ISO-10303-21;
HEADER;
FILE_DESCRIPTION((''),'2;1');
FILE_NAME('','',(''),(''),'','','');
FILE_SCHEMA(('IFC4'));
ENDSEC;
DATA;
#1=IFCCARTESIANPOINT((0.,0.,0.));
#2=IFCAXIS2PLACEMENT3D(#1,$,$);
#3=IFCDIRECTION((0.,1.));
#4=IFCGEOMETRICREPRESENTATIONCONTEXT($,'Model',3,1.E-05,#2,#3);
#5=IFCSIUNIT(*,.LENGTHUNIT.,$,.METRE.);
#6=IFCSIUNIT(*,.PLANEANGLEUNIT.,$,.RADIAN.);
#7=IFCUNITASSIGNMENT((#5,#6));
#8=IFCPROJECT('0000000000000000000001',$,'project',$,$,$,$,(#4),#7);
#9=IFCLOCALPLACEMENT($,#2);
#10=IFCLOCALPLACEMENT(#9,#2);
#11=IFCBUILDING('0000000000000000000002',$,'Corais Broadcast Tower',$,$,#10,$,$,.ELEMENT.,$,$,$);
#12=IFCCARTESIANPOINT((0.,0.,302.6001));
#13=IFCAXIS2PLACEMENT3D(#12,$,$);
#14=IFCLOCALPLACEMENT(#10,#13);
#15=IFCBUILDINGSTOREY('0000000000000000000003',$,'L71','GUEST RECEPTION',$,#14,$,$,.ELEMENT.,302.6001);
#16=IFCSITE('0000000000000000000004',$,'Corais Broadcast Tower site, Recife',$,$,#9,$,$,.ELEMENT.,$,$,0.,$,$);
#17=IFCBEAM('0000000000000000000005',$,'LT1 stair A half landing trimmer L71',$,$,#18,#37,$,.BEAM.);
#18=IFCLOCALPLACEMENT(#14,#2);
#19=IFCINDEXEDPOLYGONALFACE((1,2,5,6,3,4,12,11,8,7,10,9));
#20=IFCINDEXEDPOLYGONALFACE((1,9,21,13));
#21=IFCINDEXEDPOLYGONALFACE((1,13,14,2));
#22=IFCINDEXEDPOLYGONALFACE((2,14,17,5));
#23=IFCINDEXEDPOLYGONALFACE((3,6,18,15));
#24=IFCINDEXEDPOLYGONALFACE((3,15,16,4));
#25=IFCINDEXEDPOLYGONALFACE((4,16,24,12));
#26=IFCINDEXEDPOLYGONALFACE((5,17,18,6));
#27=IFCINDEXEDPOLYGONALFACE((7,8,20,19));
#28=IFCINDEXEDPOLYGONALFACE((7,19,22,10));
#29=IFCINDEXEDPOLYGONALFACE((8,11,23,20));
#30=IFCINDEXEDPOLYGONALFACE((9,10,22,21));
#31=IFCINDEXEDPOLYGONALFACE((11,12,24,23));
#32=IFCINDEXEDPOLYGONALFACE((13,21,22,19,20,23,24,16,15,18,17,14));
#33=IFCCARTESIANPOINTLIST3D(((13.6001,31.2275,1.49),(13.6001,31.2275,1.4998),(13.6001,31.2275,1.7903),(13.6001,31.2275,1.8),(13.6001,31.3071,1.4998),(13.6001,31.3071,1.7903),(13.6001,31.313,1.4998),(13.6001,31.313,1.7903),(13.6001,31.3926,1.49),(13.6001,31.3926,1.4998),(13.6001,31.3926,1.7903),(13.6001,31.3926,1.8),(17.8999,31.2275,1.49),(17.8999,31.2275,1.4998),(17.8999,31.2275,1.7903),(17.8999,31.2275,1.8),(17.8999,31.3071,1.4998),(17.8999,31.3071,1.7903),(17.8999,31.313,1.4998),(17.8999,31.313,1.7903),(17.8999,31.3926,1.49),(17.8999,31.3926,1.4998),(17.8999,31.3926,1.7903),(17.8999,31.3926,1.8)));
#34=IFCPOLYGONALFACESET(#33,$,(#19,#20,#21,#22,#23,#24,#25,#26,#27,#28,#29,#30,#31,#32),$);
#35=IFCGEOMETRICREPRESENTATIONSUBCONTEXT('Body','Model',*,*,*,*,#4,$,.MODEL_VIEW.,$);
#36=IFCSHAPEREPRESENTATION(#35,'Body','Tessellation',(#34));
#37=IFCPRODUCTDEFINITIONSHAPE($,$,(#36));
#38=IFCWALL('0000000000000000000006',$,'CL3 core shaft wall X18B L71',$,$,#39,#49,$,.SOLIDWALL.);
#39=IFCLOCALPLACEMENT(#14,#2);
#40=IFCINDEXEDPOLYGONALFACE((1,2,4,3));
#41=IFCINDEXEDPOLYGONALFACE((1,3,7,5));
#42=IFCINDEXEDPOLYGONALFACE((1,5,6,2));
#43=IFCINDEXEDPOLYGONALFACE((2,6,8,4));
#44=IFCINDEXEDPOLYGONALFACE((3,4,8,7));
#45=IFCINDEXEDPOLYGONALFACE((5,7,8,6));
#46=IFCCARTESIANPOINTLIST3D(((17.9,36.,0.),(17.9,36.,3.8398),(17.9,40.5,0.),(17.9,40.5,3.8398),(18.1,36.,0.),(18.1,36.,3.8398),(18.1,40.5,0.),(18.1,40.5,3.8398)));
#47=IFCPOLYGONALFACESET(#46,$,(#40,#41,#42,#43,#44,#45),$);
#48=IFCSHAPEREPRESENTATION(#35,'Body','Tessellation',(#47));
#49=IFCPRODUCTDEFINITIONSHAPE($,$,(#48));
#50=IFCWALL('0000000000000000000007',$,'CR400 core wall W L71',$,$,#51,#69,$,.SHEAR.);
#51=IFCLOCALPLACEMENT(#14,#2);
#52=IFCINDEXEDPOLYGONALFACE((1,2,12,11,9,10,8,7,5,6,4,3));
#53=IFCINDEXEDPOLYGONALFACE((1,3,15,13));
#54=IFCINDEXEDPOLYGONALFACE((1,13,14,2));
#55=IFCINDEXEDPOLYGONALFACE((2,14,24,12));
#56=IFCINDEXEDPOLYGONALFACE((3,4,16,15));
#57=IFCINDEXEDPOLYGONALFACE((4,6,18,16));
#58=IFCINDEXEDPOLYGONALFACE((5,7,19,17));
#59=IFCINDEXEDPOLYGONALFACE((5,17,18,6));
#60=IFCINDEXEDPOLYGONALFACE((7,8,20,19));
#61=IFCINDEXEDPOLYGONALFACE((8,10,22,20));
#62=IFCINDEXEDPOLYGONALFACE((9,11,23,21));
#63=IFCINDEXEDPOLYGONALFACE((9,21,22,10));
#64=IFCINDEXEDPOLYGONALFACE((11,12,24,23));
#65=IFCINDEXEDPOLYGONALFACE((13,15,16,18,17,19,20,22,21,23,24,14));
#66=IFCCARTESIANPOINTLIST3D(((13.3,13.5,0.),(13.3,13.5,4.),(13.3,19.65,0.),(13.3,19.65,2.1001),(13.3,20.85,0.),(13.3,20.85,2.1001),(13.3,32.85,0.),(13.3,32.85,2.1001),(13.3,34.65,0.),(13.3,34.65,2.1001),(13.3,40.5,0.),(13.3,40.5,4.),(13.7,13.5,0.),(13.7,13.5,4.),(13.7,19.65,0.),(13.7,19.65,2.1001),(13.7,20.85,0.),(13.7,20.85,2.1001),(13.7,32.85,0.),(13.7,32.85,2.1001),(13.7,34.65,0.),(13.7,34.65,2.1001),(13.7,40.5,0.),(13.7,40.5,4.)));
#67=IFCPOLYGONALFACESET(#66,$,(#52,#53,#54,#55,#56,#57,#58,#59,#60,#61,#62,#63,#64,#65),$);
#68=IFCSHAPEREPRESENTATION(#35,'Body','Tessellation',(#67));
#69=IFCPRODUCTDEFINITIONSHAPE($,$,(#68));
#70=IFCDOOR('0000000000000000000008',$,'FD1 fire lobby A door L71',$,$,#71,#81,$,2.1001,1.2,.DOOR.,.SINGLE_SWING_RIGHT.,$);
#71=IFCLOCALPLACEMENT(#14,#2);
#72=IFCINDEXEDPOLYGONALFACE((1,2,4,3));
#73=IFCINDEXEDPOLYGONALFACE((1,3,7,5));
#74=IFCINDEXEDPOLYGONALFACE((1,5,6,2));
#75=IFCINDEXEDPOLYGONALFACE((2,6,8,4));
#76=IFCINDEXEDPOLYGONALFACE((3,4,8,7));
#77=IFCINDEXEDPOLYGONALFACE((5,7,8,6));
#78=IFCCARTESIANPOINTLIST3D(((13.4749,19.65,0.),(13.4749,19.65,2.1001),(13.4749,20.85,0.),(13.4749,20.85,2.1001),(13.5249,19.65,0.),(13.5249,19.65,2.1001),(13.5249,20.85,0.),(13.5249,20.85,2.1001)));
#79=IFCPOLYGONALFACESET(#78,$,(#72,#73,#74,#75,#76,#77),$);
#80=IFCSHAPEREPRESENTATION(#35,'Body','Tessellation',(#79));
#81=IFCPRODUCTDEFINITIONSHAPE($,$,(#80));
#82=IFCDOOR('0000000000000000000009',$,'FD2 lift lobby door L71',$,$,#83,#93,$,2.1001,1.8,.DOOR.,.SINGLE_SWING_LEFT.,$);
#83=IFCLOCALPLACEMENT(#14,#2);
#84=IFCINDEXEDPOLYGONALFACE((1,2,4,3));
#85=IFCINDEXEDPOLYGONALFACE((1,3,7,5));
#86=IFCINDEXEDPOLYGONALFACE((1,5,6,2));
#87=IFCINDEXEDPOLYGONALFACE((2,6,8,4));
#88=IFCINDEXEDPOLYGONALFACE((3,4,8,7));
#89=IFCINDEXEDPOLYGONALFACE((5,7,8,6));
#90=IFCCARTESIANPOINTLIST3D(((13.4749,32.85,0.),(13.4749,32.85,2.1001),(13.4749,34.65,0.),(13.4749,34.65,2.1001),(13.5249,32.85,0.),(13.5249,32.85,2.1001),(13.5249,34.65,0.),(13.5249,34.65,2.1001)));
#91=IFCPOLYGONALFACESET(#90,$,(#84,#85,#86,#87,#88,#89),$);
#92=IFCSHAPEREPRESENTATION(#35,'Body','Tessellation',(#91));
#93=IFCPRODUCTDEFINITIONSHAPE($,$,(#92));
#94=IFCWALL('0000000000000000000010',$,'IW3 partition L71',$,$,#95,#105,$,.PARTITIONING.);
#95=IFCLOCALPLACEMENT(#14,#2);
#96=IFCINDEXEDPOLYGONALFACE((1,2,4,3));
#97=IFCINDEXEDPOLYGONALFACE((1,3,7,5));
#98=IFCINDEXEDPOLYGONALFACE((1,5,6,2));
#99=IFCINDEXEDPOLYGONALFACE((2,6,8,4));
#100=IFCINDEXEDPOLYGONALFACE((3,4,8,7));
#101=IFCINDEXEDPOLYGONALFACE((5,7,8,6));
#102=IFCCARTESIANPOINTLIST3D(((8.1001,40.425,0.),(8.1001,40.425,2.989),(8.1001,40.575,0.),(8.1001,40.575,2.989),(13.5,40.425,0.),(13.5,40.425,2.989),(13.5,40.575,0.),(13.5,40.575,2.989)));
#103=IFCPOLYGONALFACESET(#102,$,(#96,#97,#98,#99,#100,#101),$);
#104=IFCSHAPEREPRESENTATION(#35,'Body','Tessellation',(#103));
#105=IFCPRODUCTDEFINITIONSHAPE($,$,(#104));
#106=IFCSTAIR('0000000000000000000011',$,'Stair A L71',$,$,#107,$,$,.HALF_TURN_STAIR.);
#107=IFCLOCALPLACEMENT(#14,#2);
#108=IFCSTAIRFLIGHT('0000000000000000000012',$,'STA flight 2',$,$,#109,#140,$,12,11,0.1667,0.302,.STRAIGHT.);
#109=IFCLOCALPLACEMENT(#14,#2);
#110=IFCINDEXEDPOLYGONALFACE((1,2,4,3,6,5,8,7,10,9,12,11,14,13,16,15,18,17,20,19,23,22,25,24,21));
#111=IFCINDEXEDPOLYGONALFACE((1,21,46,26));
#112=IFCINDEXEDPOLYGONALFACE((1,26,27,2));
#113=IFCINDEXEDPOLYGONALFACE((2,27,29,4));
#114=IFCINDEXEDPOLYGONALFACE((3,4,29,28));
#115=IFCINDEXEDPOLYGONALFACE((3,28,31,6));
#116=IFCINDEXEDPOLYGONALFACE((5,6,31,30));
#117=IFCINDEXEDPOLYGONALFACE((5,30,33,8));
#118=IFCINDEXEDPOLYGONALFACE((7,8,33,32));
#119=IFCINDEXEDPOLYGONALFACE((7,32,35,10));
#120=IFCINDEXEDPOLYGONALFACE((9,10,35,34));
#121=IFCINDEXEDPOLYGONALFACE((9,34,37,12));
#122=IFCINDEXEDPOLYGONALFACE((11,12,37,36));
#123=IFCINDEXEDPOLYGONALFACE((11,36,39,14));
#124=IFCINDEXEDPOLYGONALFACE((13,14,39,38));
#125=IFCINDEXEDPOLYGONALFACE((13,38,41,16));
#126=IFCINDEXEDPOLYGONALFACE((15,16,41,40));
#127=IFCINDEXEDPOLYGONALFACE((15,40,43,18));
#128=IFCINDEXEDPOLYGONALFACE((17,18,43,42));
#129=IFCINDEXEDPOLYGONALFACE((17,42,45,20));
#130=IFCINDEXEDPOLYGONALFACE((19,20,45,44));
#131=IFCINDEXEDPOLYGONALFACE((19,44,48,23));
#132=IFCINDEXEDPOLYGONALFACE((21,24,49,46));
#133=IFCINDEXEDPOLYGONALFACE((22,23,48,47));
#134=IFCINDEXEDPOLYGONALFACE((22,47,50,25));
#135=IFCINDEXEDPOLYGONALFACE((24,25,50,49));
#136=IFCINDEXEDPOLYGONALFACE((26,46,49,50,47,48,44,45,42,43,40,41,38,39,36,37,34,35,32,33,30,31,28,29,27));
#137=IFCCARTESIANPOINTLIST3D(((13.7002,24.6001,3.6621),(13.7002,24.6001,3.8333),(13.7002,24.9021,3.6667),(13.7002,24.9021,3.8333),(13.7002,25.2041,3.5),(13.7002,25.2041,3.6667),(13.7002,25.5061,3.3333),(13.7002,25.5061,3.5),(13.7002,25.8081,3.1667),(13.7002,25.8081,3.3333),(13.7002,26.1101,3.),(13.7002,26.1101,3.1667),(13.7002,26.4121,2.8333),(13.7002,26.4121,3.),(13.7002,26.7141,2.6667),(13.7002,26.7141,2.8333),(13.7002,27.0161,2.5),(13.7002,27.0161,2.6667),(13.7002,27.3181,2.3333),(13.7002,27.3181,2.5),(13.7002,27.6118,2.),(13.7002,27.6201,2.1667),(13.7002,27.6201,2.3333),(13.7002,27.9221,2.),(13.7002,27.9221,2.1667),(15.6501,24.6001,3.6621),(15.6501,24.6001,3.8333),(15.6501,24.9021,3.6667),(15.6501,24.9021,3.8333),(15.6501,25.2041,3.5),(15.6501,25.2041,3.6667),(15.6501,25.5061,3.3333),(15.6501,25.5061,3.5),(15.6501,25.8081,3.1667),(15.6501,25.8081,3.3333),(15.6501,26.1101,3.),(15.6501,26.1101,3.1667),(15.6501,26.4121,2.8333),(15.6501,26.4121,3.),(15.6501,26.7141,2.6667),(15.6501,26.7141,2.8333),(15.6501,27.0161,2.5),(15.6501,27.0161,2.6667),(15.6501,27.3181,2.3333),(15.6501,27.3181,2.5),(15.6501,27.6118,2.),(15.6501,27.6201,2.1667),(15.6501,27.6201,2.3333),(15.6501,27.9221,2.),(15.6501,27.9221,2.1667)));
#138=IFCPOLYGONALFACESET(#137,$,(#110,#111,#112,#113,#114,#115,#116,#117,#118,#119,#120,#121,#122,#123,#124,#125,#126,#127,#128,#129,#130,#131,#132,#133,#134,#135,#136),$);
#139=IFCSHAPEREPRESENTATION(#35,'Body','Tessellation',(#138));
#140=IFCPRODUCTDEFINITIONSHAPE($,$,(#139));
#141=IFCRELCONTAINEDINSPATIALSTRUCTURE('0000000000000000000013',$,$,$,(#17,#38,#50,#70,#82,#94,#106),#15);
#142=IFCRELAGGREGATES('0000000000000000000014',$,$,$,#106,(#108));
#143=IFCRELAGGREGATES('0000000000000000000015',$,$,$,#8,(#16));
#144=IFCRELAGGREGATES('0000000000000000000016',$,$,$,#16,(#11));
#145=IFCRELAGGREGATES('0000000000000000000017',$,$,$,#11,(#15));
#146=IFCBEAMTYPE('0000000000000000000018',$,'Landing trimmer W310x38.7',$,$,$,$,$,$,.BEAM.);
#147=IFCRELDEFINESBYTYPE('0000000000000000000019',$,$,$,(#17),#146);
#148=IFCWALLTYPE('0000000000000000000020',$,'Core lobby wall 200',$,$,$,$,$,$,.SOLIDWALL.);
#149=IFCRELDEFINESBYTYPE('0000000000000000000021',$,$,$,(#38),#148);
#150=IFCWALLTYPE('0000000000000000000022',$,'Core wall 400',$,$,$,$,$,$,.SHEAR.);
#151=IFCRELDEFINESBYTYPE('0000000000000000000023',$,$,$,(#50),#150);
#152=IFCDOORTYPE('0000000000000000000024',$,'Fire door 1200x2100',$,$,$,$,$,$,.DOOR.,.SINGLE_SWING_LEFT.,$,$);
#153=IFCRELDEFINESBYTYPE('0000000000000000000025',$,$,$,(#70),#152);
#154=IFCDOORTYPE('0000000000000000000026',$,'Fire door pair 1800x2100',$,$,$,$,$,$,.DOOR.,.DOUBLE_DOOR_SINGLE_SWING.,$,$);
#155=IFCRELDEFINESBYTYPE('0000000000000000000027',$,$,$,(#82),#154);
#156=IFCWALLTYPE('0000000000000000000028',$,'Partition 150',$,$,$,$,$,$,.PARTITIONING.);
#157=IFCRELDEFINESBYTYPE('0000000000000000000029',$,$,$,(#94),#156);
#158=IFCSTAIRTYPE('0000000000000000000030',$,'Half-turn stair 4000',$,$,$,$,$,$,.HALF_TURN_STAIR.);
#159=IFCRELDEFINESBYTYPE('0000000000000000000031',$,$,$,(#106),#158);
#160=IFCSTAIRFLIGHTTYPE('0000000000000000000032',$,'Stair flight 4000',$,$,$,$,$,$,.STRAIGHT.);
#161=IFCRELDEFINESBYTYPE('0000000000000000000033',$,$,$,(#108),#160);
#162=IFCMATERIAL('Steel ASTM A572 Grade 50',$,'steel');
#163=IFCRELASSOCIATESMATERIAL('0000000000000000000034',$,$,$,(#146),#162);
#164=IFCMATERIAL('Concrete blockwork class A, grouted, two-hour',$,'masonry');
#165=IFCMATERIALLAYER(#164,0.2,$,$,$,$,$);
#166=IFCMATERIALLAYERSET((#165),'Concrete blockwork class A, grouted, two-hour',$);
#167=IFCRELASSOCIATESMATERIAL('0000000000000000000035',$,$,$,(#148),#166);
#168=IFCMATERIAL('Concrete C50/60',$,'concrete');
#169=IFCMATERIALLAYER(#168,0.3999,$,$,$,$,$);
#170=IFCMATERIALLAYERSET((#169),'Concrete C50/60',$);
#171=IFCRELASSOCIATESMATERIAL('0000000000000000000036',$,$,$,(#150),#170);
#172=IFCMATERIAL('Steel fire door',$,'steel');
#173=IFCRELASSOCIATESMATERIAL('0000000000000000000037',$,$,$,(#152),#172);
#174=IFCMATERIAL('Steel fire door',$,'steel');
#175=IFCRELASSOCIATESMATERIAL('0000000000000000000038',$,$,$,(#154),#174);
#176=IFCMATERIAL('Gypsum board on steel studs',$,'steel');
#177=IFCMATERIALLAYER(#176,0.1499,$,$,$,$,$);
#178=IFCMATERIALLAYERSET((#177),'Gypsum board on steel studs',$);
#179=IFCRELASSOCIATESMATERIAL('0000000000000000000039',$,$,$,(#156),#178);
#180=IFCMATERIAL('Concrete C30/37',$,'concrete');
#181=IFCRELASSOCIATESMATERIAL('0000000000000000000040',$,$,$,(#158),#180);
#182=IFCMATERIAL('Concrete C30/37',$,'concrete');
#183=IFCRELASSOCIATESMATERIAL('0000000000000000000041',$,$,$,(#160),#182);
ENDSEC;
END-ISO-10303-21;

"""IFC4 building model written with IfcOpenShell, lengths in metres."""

from ifc_helpers import new_model, si_unit, direction, frame, frame_2d, origin, origin_2d, place, context, subcontext, project, spatial, polyline, rectangle, i_section, outline, extrude, material, layer, layer_set, material_profile, profile_set, type_object, element, fill, aggregate, save


model = new_model("IFC4")

# Units and contexts
model_context = context("Model", 3, precision=1e-05, world=origin(), true_north=direction((0.0, 1.0)))
body_context = subcontext(model_context, "Body", "Model", "MODEL_VIEW")
ifc_project = project(units=[si_unit("LENGTHUNIT", "METRE"), si_unit("PLANEANGLEUNIT", "RADIAN")], contexts=[model_context])

# Site, building, storey
site_placement = place(None, origin())
site = spatial("IfcSite", under=ifc_project, at=site_placement, Name="Corais Broadcast Tower site, Recife", CompositionType="ELEMENT", RefElevation=0.0)
building_placement = place(site_placement, origin())
building = spatial("IfcBuilding", under=site, at=building_placement, Name="Corais Broadcast Tower", CompositionType="ELEMENT")
storey_placement = place(building_placement, frame((0.0, 0.0, 302.6001)))
storey = spatial("IfcBuildingStorey", under=building, at=storey_placement, Name="L71", Description="GUEST RECEPTION", CompositionType="ELEMENT", Elevation=302.6001)

# Beam
ifc_material_1 = material(Name="Steel ASTM A572 Grade 50", Category="steel")
ifc_material_profile = material_profile(ifc_material_1, i_section(OverallWidth=0.165, OverallDepth=0.3101, WebThickness=0.0059, FlangeThickness=0.0098, at=origin_2d()), Name="W310x38.7")
ifc_profile_set = profile_set([ifc_material_profile], Name="Steel ASTM A572 Grade 50")
beam_type = type_object("IfcBeamType", Name="Landing trimmer W310x38.7", PredefinedType="BEAM", material=ifc_profile_set)
beam_placement = place(storey_placement, frame((13.6001, 31.3101, 1.645), z_axis=(1.0, 0.0, 0.0), x_axis=(0.0, 1.0, 0.0)))
element("IfcBeam", 1, at=beam_placement, inside=storey, type_object=beam_type, Name="LT1 stair A half landing trimmer L71", PredefinedType="BEAM", context=body_context, shape_type="SweptSolid", body=[
    extrude(i_section(OverallWidth=0.165, OverallDepth=0.3101, WebThickness=0.0059, FlangeThickness=0.0098, at=origin_2d()), origin(), (0.0, 0.0, 1.0), 4.2998),
])

# Wall
ifc_material_2 = material(Name="Concrete blockwork class A, grouted, two-hour", Category="masonry")
ifc_layer_1 = layer(ifc_material_2, 0.2)
ifc_layer_set_1 = layer_set([ifc_layer_1], Name="Concrete blockwork class A, grouted, two-hour")
wall_type_1 = type_object("IfcWallType", Name="Core lobby wall 200", PredefinedType="SOLIDWALL", material=ifc_layer_set_1)
wall_1_placement = place(storey_placement, frame((18.0, 36.0, 0.0), z_axis=(0.0, 0.0, 1.0), x_axis=(0.0, 1.0, 0.0)))
element("IfcWall", 2, at=wall_1_placement, inside=storey, type_object=wall_type_1, Name="CL3 core shaft wall X18B L71", PredefinedType="SOLIDWALL", context=body_context, shape_type="SweptSolid", body=[
    extrude(rectangle(XDim=4.5, YDim=0.2, at=frame_2d((2.25, 0.0))), origin(), (0.0, 0.0, 1.0), 3.8398),
])

# Wall, openings, doors
ifc_material_3 = material(Name="Concrete C50/60", Category="concrete")
ifc_layer_2 = layer(ifc_material_3, 0.3999)
ifc_layer_set_2 = layer_set([ifc_layer_2], Name="Concrete C50/60")
wall_type_2 = type_object("IfcWallType", Name="Core wall 400", PredefinedType="SHEAR", material=ifc_layer_set_2)
wall_2_placement = place(storey_placement, frame((13.5, 40.5, 0.0), z_axis=(0.0, 0.0, 1.0), x_axis=(0.0, -1.0, 0.0)))
wall_2 = element("IfcWall", 3, at=wall_2_placement, inside=storey, type_object=wall_type_2, Name="CR400 core wall W L71", PredefinedType="SHEAR", context=body_context, shape_type="SweptSolid", body=[
    extrude(rectangle(XDim=27.0, YDim=0.3999, at=frame_2d((13.5, 0.0))), origin(), (0.0, 0.0, 1.0), 4.0),
])
opening_1_placement = place(wall_2_placement, frame((19.6499, 0.0, 0.0)))
opening_1 = element("IfcOpeningElement", 4, at=opening_1_placement, cuts=wall_2, PredefinedType="OPENING", context=body_context, shape_type="SweptSolid", body=[
    extrude(rectangle(XDim=1.2, YDim=2.1001, at=frame_2d((0.6001, 1.05))), frame((0.0, 0.21, 0.0), z_axis=(0.0, -1.0, 0.0), x_axis=(1.0, 0.0, 0.0)), (0.0, 0.0, 1.0), 0.4199),
])
opening_2_placement = place(wall_2_placement, frame((5.8501, 0.0, 0.0)))
opening_2 = element("IfcOpeningElement", 5, at=opening_2_placement, cuts=wall_2, PredefinedType="OPENING", context=body_context, shape_type="SweptSolid", body=[
    extrude(rectangle(XDim=1.8, YDim=2.1001, at=frame_2d((0.8999, 1.05))), frame((0.0, 0.21, 0.0), z_axis=(0.0, -1.0, 0.0), x_axis=(1.0, 0.0, 0.0)), (0.0, 0.0, 1.0), 0.4199),
])
ifc_material_4 = material(Name="Steel fire door", Category="steel")
door_type_1 = type_object("IfcDoorType", Name="Fire door 1200x2100", OperationType="SINGLE_SWING_LEFT", PredefinedType="DOOR", material=ifc_material_4)
door_1_placement = place(opening_1_placement, origin())
door_1 = element("IfcDoor", 6, at=door_1_placement, inside=storey, type_object=door_type_1, Name="FD1 fire lobby A door L71", OperationType="SINGLE_SWING_RIGHT", OverallHeight=2.1001, OverallWidth=1.2, PredefinedType="DOOR", context=body_context, shape_type="SweptSolid", body=[
    extrude(rectangle(XDim=1.2, YDim=2.1001, at=frame_2d((0.6001, 1.05))), frame((0.0, 0.0249, 0.0), z_axis=(0.0, -1.0, 0.0), x_axis=(1.0, 0.0, 0.0)), (0.0, 0.0, 1.0), 0.05),
])
fill(opening_1, door_1)
ifc_material_5 = material(Name="Steel fire door", Category="steel")
door_type_2 = type_object("IfcDoorType", Name="Fire door pair 1800x2100", OperationType="DOUBLE_DOOR_SINGLE_SWING", PredefinedType="DOOR", material=ifc_material_5)
door_2_placement = place(opening_2_placement, origin())
door_2 = element("IfcDoor", 7, at=door_2_placement, inside=storey, type_object=door_type_2, Name="FD2 lift lobby door L71", OperationType="SINGLE_SWING_LEFT", OverallHeight=2.1001, OverallWidth=1.8, PredefinedType="DOOR", context=body_context, shape_type="SweptSolid", body=[
    extrude(rectangle(XDim=1.8, YDim=2.1001, at=frame_2d((0.8999, 1.05))), frame((0.0, 0.0249, 0.0), z_axis=(0.0, -1.0, 0.0), x_axis=(1.0, 0.0, 0.0)), (0.0, 0.0, 1.0), 0.05),
])
fill(opening_2, door_2)

# Wall
ifc_material_6 = material(Name="Gypsum board on steel studs", Category="steel")
ifc_layer_3 = layer(ifc_material_6, 0.1499)
ifc_layer_set_3 = layer_set([ifc_layer_3], Name="Gypsum board on steel studs")
wall_type_3 = type_object("IfcWallType", Name="Partition 150", PredefinedType="PARTITIONING", material=ifc_layer_set_3)
wall_3_placement = place(storey_placement, frame((13.5, 40.5, 0.0), z_axis=(0.0, 0.0, 1.0), x_axis=(-1.0, 0.0, 0.0)))
element("IfcWall", 8, at=wall_3_placement, inside=storey, type_object=wall_type_3, Name="IW3 partition L71", PredefinedType="PARTITIONING", context=body_context, shape_type="SweptSolid", body=[
    extrude(rectangle(XDim=5.3999, YDim=0.1499, at=frame_2d((2.7, 0.0))), origin(), (0.0, 0.0, 1.0), 2.989),
])

# Stair, stair flight
ifc_material_7 = material(Name="Concrete C30/37", Category="concrete")
stair_type = type_object("IfcStairType", Name="Half-turn stair 4000", PredefinedType="HALF_TURN_STAIR", material=ifc_material_7)
stair_placement = place(storey_placement, origin())
stair = element("IfcStair", 9, at=stair_placement, inside=storey, type_object=stair_type, Name="Stair A L71", PredefinedType="HALF_TURN_STAIR")
ifc_material_8 = material(Name="Concrete C30/37", Category="concrete")
stair_flight_type = type_object("IfcStairFlightType", Name="Stair flight 4000", PredefinedType="STRAIGHT", material=ifc_material_8)
stair_flight_placement = place(storey_placement, frame((14.675, 27.9221, 2.0), z_axis=(0.0, 0.0, 1.0), x_axis=(0.0, -1.0, 0.0)))
stair_flight = element("IfcStairFlight", 10, at=stair_flight_placement, type_object=stair_flight_type, Name="STA flight 2", NumberOfRisers=12, NumberOfTreads=11, PredefinedType="STRAIGHT", RiserHeight=0.1667, TreadLength=0.302, context=body_context, shape_type="SweptSolid", body=[
    extrude(outline(polyline([(0.0, 0.0), (0.0, 0.1667), (0.302, 0.1667), (0.302, 0.3333), (0.604, 0.3333), (0.604, 0.5), (0.906, 0.5), (0.906, 0.6667), (1.208, 0.6667), (1.208, 0.8333), (1.51, 0.8333), (1.51, 1.0), (1.812, 1.0), (1.812, 1.1667), (2.114, 1.1667), (2.114, 1.3333), (2.416, 1.3333), (2.416, 1.5), (2.718, 1.5), (2.718, 1.6667), (3.02, 1.6667), (3.02, 1.8333), (3.322, 1.8333), (3.322, 2.0), (3.322, 1.6621), (0.3103, 0.0), (0.0, 0.0)])), frame((0.0, 0.9751, 0.0), z_axis=(0.0, -1.0, 0.0), x_axis=(1.0, 0.0, 0.0)), (0.0, 0.0, 1.0), 1.95),
])
aggregate(stair, [stair_flight])

save(model, "model.ifc")
